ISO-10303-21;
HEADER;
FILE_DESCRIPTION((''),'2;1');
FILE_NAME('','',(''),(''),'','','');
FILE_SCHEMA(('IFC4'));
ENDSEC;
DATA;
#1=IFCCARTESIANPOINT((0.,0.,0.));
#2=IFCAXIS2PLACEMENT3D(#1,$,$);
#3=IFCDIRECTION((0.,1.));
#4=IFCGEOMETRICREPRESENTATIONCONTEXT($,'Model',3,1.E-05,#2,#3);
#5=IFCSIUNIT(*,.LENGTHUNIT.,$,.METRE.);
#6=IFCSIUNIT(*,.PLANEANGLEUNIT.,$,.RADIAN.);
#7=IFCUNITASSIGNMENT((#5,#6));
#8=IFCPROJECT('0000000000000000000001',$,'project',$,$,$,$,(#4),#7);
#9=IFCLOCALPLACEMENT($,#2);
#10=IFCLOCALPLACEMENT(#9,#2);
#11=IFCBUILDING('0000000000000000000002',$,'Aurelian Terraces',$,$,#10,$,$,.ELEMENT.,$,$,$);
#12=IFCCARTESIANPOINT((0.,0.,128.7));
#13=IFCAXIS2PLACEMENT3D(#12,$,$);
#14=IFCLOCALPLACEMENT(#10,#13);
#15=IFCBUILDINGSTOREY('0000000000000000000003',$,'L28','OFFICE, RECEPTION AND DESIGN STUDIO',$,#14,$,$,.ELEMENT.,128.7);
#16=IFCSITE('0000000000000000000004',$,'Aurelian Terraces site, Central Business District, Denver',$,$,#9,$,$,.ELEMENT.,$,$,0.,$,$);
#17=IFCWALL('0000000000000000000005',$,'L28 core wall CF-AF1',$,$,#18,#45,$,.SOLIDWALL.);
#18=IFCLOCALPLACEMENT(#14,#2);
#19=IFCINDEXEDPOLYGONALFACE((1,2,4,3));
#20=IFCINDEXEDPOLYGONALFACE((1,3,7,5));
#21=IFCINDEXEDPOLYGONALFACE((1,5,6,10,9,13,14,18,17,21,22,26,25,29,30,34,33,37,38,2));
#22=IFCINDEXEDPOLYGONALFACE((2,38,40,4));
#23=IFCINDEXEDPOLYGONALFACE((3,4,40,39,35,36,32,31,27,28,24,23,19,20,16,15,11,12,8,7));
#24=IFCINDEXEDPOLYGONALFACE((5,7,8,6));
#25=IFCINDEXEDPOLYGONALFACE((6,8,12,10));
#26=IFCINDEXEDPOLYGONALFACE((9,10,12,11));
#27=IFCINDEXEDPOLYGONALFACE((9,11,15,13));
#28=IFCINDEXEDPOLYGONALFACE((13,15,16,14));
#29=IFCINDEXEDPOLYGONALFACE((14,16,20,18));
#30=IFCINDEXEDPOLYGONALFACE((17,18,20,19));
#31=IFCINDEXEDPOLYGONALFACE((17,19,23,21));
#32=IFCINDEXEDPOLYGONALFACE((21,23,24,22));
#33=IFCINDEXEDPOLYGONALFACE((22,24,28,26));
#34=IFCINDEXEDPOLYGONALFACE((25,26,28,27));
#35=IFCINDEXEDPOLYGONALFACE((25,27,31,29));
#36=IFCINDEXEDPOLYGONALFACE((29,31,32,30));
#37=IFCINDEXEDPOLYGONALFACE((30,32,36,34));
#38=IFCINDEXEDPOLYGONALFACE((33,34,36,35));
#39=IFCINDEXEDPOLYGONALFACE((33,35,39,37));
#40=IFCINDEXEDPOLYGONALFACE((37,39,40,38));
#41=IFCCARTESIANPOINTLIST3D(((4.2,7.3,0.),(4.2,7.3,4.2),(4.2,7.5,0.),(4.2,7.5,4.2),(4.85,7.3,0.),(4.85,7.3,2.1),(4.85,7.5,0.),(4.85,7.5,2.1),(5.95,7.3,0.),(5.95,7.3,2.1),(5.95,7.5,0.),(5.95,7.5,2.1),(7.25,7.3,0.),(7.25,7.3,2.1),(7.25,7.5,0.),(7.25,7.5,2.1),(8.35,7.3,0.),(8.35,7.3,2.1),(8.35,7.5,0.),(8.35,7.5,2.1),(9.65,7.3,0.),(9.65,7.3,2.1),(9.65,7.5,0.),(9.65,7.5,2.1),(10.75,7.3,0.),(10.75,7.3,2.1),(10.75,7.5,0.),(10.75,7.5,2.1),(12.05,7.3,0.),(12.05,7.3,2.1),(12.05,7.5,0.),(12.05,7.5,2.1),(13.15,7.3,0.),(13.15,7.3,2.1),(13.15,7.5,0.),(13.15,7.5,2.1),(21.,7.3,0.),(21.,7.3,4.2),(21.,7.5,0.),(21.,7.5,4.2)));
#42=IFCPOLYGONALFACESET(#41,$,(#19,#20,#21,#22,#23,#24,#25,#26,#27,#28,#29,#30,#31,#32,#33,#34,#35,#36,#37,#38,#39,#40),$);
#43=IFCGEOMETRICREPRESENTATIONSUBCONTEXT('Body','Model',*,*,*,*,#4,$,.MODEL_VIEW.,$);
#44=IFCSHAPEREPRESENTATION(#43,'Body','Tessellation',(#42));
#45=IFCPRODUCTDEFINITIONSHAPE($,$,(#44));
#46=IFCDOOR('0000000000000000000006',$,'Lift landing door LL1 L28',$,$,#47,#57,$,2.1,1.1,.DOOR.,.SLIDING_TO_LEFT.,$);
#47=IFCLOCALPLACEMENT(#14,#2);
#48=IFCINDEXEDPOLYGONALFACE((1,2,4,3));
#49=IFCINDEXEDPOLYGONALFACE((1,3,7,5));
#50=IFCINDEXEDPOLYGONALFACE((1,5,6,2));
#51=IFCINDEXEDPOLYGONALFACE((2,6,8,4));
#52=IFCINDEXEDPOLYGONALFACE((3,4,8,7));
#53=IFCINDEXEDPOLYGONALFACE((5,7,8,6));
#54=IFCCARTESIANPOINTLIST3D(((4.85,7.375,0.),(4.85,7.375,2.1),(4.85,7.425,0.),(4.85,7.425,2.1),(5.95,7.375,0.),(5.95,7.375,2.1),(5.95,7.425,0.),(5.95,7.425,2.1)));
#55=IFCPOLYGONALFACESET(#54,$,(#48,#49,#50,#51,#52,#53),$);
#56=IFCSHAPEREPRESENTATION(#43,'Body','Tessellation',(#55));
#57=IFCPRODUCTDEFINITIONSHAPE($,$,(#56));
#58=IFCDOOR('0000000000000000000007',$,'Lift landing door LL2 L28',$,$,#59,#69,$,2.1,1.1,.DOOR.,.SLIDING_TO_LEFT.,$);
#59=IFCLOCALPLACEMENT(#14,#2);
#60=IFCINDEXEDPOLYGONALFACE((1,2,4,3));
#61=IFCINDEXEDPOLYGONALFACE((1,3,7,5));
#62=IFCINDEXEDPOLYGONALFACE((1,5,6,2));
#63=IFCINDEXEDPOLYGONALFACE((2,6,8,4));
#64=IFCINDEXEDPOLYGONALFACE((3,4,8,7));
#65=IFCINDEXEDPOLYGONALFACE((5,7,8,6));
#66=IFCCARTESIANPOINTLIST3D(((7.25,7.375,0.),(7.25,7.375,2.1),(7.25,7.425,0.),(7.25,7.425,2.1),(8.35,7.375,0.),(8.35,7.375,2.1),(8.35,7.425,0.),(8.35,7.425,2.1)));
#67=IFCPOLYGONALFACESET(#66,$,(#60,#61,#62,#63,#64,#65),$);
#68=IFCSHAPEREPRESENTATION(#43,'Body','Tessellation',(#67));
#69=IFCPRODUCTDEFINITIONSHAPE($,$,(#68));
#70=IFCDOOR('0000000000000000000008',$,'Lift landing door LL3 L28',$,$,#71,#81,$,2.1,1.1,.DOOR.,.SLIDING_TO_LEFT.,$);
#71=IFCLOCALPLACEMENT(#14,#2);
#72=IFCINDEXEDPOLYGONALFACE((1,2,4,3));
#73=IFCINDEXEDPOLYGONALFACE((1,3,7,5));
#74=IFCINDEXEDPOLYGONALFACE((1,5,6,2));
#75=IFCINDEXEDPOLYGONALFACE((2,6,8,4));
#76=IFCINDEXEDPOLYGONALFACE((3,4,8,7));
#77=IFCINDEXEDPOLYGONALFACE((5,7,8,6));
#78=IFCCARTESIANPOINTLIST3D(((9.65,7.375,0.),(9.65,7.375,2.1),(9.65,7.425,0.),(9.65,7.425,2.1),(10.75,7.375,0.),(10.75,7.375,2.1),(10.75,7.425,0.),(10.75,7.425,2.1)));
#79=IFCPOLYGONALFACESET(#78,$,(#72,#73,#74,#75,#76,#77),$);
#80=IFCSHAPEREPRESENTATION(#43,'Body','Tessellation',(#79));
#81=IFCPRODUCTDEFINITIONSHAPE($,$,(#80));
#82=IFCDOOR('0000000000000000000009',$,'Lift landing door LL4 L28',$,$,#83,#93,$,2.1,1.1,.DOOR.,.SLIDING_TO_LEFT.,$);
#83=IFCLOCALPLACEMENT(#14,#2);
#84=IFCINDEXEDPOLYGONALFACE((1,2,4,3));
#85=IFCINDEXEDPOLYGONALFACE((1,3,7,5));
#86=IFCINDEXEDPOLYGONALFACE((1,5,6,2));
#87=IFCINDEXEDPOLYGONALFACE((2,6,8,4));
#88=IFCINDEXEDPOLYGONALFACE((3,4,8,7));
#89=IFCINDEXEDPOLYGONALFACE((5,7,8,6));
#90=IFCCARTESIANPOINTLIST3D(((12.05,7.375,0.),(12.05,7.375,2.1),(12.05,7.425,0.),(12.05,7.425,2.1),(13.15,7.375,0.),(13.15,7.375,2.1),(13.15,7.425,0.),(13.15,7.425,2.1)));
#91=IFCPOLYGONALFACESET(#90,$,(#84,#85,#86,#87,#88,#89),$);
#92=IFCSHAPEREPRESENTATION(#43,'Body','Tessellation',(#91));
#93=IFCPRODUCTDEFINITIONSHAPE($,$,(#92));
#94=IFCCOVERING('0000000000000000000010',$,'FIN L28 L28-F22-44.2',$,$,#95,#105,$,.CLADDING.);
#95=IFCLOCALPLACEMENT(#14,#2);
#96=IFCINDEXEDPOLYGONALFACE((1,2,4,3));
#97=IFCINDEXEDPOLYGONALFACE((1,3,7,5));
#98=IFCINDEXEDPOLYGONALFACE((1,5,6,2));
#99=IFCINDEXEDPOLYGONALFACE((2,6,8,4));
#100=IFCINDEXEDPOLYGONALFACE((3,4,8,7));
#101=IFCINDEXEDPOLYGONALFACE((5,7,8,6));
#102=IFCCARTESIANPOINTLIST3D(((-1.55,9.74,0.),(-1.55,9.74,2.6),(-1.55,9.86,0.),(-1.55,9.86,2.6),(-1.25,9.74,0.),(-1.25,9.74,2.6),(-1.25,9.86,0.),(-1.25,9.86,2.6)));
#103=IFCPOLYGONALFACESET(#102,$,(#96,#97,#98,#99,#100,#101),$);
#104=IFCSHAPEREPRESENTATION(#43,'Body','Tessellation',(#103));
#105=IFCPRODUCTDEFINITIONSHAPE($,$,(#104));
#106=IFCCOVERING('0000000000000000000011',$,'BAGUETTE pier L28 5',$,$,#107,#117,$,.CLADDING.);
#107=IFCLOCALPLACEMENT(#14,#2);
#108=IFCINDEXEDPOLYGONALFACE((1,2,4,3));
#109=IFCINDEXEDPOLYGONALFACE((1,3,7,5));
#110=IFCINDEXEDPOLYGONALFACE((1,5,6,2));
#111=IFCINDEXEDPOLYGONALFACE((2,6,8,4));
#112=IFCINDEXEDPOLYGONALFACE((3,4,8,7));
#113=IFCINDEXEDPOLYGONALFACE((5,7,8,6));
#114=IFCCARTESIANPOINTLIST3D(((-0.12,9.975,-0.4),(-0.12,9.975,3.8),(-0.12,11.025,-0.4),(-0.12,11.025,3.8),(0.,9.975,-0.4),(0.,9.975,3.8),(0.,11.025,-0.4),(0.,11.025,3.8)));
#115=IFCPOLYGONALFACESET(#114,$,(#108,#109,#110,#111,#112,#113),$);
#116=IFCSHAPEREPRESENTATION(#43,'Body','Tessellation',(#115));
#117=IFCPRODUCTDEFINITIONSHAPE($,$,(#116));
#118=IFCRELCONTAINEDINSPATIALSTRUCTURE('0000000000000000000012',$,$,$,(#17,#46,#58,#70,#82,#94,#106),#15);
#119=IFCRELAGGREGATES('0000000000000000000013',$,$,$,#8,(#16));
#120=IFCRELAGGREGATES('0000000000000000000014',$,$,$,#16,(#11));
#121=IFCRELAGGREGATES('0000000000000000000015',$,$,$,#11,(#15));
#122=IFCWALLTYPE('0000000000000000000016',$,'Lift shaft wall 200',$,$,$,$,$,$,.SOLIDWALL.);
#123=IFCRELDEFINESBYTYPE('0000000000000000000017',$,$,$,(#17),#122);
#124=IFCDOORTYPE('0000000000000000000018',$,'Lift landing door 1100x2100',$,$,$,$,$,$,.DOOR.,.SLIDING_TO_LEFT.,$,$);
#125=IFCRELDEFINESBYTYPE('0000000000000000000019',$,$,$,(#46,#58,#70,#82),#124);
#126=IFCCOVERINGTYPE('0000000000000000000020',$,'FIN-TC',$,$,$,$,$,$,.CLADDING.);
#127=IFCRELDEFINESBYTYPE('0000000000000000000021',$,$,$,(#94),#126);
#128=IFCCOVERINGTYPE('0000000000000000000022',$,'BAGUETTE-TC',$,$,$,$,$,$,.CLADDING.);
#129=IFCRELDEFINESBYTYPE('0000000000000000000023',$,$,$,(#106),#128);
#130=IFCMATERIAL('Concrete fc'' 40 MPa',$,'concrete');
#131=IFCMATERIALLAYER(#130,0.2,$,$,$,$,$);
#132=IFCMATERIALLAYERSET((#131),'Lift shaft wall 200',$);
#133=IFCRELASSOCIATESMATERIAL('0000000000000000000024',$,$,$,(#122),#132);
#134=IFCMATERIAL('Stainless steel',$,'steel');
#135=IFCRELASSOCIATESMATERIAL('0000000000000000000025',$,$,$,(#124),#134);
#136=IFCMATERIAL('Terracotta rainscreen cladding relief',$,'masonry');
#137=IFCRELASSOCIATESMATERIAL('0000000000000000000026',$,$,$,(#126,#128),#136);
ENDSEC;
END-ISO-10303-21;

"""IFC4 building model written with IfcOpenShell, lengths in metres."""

from ifc_helpers import new_model, si_unit, direction, frame, frame_2d, origin, origin_2d, place, context, subcontext, project, spatial, rectangle, extrude, source, transform, mapped, material, layer, layer_set, type_object, element, fill, save


model = new_model("IFC4")

# Units and contexts
model_context = context("Model", 3, precision=1e-05, world=origin(), true_north=direction((0.0, 1.0)))
body_context = subcontext(model_context, "Body", "Model", "MODEL_VIEW")
ifc_project = project(units=[si_unit("LENGTHUNIT", "METRE"), si_unit("PLANEANGLEUNIT", "RADIAN")], contexts=[model_context])

# Site, building, storey
site_placement = place(None, origin())
site = spatial("IfcSite", under=ifc_project, at=site_placement, Name="Aurelian Terraces site, Central Business District, Denver", CompositionType="ELEMENT", RefElevation=0.0)
building_placement = place(site_placement, origin())
building = spatial("IfcBuilding", under=site, at=building_placement, Name="Aurelian Terraces", CompositionType="ELEMENT")
storey_placement = place(building_placement, frame((0.0, 0.0, 128.7)))
storey = spatial("IfcBuildingStorey", under=building, at=storey_placement, Name="L28", Description="OFFICE, RECEPTION AND DESIGN STUDIO", CompositionType="ELEMENT", Elevation=128.7)

# Wall, openings, doors
ifc_material_1 = material(Name="Concrete fc' 40 MPa", Category="concrete")
ifc_layer_1 = layer(ifc_material_1, 0.2)
ifc_layer_set_1 = layer_set([ifc_layer_1], Name="Lift shaft wall 200")
wall_type_1 = type_object("IfcWallType", Name="Lift shaft wall 200", PredefinedType="SOLIDWALL", material=ifc_layer_set_1)
shared_shape_1 = source(origin(), body_context, "Body", "SweptSolid", [
    extrude(rectangle(XDim=16.8, YDim=0.2, at=frame_2d((8.4, 0.0))), origin(), (0.0, 0.0, 1.0), 4.2),
])
wall_1_placement = place(storey_placement, frame((4.2, 7.4, 0.0), z_axis=(0.0, 0.0, 1.0), x_axis=(1.0, 0.0, 0.0)))
wall_1 = element("IfcWall", 1, at=wall_1_placement, inside=storey, type_object=wall_type_1, Name="L28 core wall CF-AF1", PredefinedType="SOLIDWALL", context=body_context, shape_type="MappedRepresentation", body=[
    mapped(shared_shape_1, transform((0.0, 0.0, 0.0), scale=1.0)),
])
shared_shape_2 = source(origin(), body_context, "Body", "SweptSolid", [
    extrude(rectangle(XDim=1.1, YDim=2.1, at=frame_2d((0.55, 1.05))), frame((0.0, 0.11, 0.0), z_axis=(0.0, -1.0, 0.0), x_axis=(1.0, 0.0, 0.0)), (0.0, 0.0, 1.0), 0.22),
])
opening_1_placement = place(wall_1_placement, frame((0.65, 0.0, 0.0)))
opening_1 = element("IfcOpeningElement", 2, at=opening_1_placement, cuts=wall_1, PredefinedType="OPENING", context=body_context, shape_type="MappedRepresentation", body=[
    mapped(shared_shape_2, transform((0.0, 0.0, 0.0), scale=1.0)),
])
opening_2_placement = place(wall_1_placement, frame((3.05, 0.0, 0.0)))
opening_2 = element("IfcOpeningElement", 3, at=opening_2_placement, cuts=wall_1, PredefinedType="OPENING", context=body_context, shape_type="MappedRepresentation", body=[
    mapped(shared_shape_2, transform((0.0, 0.0, 0.0), scale=1.0)),
])
opening_3_placement = place(wall_1_placement, frame((5.45, 0.0, 0.0)))
opening_3 = element("IfcOpeningElement", 4, at=opening_3_placement, cuts=wall_1, PredefinedType="OPENING", context=body_context, shape_type="MappedRepresentation", body=[
    mapped(shared_shape_2, transform((0.0, 0.0, 0.0), scale=1.0)),
])
opening_4_placement = place(wall_1_placement, frame((7.85, 0.0, 0.0)))
opening_4 = element("IfcOpeningElement", 5, at=opening_4_placement, cuts=wall_1, PredefinedType="OPENING", context=body_context, shape_type="MappedRepresentation", body=[
    mapped(shared_shape_2, transform((0.0, 0.0, 0.0), scale=1.0)),
])
ifc_material_2 = material(Name="Stainless steel", Category="steel")
door_type = type_object("IfcDoorType", Name="Lift landing door 1100x2100", OperationType="SLIDING_TO_LEFT", PredefinedType="DOOR", material=ifc_material_2)
shared_shape_3 = source(origin(), body_context, "Body", "SweptSolid", [
    extrude(rectangle(XDim=1.1, YDim=2.1, at=frame_2d((0.55, 1.05))), frame((0.0, 0.025, 0.0), z_axis=(0.0, -1.0, 0.0), x_axis=(1.0, 0.0, 0.0)), (0.0, 0.0, 1.0), 0.05),
])
door_1_placement = place(opening_1_placement, origin())
door_1 = element("IfcDoor", 6, at=door_1_placement, inside=storey, type_object=door_type, Name="Lift landing door LL1 L28", OperationType="SLIDING_TO_LEFT", OverallHeight=2.1, OverallWidth=1.1, PredefinedType="DOOR", context=body_context, shape_type="MappedRepresentation", body=[
    mapped(shared_shape_3, transform((0.0, 0.0, 0.0), scale=1.0)),
])
fill(opening_1, door_1)
door_2_placement = place(opening_2_placement, origin())
door_2 = element("IfcDoor", 7, at=door_2_placement, inside=storey, type_object=door_type, Name="Lift landing door LL2 L28", OperationType="SLIDING_TO_LEFT", OverallHeight=2.1, OverallWidth=1.1, PredefinedType="DOOR", context=body_context, shape_type="MappedRepresentation", body=[
    mapped(shared_shape_3, transform((0.0, 0.0, 0.0), scale=1.0)),
])
fill(opening_2, door_2)
door_3_placement = place(opening_3_placement, origin())
door_3 = element("IfcDoor", 8, at=door_3_placement, inside=storey, type_object=door_type, Name="Lift landing door LL3 L28", OperationType="SLIDING_TO_LEFT", OverallHeight=2.1, OverallWidth=1.1, PredefinedType="DOOR", context=body_context, shape_type="MappedRepresentation", body=[
    mapped(shared_shape_3, transform((0.0, 0.0, 0.0), scale=1.0)),
])
fill(opening_3, door_3)
door_4_placement = place(opening_4_placement, origin())
door_4 = element("IfcDoor", 9, at=door_4_placement, inside=storey, type_object=door_type, Name="Lift landing door LL4 L28", OperationType="SLIDING_TO_LEFT", OverallHeight=2.1, OverallWidth=1.1, PredefinedType="DOOR", context=body_context, shape_type="MappedRepresentation", body=[
    mapped(shared_shape_3, transform((0.0, 0.0, 0.0), scale=1.0)),
])
fill(opening_4, door_4)

# Coverings
ifc_material_3 = material(Name="Terracotta rainscreen cladding relief", Category="masonry")
covering_type_1 = type_object("IfcCoveringType", Name="FIN-TC", PredefinedType="CLADDING", material=ifc_material_3)
shared_shape_4 = source(origin(), body_context, "Body", "SweptSolid", [
    extrude(rectangle(XDim=0.3, YDim=0.12, at=origin_2d()), origin(), (0.0, 0.0, 1.0), 2.6),
])
covering_1_placement = place(storey_placement, frame((-1.4, 9.8, 0.0), z_axis=(0.0, 0.0, 1.0), x_axis=(1.0, 0.0, 0.0)))
element("IfcCovering", 10, at=covering_1_placement, inside=storey, type_object=covering_type_1, Name="FIN L28 L28-F22-44.2", PredefinedType="CLADDING", context=body_context, shape_type="MappedRepresentation", body=[
    mapped(shared_shape_4, transform((0.0, 0.0, 0.0), scale=1.0)),
])
covering_type_2 = type_object("IfcCoveringType", Name="BAGUETTE-TC", PredefinedType="CLADDING", material=ifc_material_3)
shared_shape_5 = source(origin(), body_context, "Body", "SweptSolid", [
    extrude(rectangle(XDim=0.12, YDim=1.05, at=origin_2d()), origin(), (0.0, 0.0, 1.0), 4.2),
])
covering_2_placement = place(storey_placement, frame((-0.06, 10.5, -0.4), z_axis=(0.0, 0.0, 1.0), x_axis=(1.0, 0.0, 0.0)))
element("IfcCovering", 11, at=covering_2_placement, inside=storey, type_object=covering_type_2, Name="BAGUETTE pier L28 5", PredefinedType="CLADDING", context=body_context, shape_type="MappedRepresentation", body=[
    mapped(shared_shape_5, transform((0.0, 0.0, 0.0), scale=1.0)),
])

save(model, "model.ifc")
